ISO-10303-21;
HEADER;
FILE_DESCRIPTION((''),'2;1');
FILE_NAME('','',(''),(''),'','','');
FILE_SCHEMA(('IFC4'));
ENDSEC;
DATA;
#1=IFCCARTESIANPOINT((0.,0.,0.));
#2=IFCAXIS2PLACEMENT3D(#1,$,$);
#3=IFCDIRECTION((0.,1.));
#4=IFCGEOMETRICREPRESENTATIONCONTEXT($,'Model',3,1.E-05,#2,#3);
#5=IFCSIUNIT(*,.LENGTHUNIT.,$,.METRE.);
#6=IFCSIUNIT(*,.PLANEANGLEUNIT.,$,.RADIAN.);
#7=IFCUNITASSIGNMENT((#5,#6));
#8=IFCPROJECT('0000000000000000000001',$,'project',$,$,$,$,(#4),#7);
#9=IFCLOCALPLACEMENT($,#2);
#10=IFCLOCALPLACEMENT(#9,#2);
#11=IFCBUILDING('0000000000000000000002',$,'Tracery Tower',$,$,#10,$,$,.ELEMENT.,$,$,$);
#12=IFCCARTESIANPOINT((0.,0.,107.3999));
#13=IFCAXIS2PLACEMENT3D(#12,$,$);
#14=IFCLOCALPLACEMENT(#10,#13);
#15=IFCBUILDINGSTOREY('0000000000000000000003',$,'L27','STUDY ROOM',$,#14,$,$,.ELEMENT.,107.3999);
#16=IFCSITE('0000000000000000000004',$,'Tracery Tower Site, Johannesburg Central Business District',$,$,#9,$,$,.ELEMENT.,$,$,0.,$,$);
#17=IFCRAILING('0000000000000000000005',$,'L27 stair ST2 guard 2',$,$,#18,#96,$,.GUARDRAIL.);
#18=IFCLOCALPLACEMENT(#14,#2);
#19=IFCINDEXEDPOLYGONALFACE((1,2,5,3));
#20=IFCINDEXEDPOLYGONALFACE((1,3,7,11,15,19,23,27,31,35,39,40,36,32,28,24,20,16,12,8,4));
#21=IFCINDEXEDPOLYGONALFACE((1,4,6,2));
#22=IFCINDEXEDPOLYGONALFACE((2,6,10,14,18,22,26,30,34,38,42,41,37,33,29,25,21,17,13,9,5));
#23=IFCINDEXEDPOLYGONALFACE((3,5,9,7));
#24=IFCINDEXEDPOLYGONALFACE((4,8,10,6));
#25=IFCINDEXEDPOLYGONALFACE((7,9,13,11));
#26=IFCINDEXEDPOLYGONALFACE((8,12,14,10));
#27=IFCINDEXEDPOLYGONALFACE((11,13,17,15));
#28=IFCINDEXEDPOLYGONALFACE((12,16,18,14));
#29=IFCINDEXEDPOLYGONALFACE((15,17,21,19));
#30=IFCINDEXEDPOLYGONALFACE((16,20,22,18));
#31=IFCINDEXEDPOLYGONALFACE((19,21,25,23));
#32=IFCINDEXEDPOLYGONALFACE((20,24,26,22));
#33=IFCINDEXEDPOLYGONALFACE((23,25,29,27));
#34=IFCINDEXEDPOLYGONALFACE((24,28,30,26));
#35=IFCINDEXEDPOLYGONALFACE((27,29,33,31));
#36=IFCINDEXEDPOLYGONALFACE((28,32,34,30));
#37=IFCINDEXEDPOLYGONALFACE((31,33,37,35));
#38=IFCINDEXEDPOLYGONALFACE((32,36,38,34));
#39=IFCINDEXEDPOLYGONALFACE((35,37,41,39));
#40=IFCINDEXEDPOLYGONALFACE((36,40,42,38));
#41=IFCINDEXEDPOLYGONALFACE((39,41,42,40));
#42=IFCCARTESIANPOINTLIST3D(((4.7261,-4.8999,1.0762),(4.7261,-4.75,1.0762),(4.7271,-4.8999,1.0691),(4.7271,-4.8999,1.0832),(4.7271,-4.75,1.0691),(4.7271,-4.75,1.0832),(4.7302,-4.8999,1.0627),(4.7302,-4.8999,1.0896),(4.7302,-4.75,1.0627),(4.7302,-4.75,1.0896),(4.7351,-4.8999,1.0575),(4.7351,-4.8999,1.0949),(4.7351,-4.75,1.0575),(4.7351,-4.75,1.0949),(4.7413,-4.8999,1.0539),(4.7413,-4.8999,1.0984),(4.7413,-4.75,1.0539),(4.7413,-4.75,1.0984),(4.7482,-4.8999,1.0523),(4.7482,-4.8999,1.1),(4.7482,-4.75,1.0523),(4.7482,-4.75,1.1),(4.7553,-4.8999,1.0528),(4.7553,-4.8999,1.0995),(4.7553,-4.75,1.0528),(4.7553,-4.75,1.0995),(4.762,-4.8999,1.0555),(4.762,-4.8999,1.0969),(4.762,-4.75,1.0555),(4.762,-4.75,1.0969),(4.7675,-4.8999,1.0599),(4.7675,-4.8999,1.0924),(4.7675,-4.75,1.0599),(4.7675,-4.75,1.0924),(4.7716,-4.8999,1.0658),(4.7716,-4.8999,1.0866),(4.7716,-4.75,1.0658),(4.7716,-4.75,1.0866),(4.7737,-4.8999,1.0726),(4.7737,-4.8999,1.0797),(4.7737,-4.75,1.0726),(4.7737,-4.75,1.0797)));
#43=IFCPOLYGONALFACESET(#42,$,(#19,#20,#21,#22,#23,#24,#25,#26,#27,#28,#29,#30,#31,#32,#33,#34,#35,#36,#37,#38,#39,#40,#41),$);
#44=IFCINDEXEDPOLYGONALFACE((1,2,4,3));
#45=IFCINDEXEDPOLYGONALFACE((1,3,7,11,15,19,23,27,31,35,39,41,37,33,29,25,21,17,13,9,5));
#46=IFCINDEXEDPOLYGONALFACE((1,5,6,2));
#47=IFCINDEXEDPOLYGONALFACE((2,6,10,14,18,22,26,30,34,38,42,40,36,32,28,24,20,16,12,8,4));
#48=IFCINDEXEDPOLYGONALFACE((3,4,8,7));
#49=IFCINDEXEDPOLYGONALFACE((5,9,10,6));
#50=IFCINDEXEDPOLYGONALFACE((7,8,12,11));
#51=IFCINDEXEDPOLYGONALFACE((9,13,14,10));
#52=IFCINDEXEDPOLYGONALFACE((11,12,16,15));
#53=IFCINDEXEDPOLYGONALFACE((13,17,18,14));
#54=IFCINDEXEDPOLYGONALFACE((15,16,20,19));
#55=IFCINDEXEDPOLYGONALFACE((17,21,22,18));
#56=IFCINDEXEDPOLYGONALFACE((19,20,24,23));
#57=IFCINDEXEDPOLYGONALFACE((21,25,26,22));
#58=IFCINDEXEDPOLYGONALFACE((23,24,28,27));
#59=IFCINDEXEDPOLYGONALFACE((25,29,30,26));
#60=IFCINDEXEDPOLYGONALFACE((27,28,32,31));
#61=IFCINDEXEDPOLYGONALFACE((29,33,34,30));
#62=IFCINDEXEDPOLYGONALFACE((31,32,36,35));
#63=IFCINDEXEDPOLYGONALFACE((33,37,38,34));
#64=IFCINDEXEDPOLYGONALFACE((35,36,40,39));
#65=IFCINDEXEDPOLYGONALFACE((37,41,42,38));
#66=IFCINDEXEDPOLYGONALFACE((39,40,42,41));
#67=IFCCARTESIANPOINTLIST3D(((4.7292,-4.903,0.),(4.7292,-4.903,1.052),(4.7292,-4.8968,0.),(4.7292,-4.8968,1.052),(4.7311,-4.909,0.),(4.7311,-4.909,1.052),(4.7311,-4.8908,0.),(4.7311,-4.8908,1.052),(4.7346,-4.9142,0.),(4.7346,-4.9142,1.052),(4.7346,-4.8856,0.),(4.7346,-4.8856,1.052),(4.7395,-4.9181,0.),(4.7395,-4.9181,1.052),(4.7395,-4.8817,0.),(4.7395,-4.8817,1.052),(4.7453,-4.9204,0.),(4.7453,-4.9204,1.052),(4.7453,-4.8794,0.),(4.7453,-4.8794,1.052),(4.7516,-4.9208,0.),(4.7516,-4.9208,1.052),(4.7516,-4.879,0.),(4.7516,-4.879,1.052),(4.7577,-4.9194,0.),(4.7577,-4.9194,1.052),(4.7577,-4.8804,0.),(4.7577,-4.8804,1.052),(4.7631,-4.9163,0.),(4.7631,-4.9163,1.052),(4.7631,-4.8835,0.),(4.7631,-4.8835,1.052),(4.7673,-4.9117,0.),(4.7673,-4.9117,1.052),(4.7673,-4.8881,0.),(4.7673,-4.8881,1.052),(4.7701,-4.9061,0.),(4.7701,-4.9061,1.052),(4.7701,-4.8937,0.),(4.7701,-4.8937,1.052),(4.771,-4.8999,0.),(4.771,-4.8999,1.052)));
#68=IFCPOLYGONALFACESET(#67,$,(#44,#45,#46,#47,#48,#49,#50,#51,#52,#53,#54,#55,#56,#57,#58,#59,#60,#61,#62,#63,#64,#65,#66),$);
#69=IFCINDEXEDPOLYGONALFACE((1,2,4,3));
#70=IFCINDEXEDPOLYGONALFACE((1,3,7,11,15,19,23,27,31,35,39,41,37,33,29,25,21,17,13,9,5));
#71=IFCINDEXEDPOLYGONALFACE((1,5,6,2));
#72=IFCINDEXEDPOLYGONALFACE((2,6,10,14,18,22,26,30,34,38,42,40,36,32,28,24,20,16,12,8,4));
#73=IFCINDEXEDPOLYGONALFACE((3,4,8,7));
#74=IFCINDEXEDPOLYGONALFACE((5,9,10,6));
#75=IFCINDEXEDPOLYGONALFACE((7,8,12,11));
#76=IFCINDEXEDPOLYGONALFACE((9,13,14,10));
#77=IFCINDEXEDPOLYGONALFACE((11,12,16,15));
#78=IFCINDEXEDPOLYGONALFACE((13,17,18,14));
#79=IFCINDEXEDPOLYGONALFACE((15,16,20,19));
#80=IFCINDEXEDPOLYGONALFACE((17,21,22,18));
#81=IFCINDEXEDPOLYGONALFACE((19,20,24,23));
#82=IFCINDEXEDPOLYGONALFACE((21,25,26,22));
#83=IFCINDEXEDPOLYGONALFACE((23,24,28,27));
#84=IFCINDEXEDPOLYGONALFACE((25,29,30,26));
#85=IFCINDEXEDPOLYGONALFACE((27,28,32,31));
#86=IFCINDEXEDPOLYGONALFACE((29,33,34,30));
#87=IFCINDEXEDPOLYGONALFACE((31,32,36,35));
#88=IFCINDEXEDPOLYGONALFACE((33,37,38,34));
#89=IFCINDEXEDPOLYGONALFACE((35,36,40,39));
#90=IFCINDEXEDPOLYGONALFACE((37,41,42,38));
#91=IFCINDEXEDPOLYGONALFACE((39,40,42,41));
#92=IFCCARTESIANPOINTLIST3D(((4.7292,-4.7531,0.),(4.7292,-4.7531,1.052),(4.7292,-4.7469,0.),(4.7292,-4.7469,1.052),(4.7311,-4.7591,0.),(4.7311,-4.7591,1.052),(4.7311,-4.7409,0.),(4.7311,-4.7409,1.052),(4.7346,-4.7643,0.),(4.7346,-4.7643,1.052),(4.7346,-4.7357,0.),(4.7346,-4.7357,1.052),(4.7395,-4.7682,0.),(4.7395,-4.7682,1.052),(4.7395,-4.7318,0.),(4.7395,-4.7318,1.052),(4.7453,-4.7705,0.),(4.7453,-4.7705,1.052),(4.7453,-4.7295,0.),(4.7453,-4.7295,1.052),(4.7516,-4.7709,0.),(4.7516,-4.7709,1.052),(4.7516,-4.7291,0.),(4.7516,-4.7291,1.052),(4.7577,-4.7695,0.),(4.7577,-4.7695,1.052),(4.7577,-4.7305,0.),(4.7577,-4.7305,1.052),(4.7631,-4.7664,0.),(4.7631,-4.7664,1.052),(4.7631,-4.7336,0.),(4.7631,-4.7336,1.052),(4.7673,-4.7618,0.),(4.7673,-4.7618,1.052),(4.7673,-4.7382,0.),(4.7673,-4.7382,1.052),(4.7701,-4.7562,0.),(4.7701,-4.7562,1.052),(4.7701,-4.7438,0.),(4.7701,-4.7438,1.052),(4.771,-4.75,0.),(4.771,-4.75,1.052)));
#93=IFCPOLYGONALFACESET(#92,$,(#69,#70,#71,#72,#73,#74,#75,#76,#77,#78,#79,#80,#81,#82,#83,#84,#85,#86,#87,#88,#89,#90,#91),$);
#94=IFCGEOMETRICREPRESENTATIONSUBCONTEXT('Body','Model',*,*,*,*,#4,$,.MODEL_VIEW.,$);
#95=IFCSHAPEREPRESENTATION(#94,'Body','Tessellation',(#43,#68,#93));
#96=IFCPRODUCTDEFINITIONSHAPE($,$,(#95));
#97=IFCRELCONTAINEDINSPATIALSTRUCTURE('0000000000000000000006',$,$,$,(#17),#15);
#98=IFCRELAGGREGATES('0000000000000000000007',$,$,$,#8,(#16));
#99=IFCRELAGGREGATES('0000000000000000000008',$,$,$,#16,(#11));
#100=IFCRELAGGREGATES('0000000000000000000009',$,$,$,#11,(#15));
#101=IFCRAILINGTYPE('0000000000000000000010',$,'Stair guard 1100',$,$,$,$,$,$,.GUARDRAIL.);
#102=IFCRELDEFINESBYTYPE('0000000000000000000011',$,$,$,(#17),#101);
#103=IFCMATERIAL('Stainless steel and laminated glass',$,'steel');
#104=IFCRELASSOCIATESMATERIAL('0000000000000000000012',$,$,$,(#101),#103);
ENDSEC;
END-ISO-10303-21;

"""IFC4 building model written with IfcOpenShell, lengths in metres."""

from ifc_helpers import new_model, si_unit, direction, frame, origin, origin_2d, place, context, subcontext, project, spatial, circle, extrude, material, type_object, element, save


model = new_model("IFC4")

# Units and contexts
model_context = context("Model", 3, precision=1e-05, world=origin(), true_north=direction((0.0, 1.0)))
body_context = subcontext(model_context, "Body", "Model", "MODEL_VIEW")
ifc_project = project(units=[si_unit("LENGTHUNIT", "METRE"), si_unit("PLANEANGLEUNIT", "RADIAN")], contexts=[model_context])

# Site, building, storey
site_placement = place(None, origin())
site = spatial("IfcSite", under=ifc_project, at=site_placement, Name="Tracery Tower Site, Johannesburg Central Business District", CompositionType="ELEMENT", RefElevation=0.0)
building_placement = place(site_placement, origin())
building = spatial("IfcBuilding", under=site, at=building_placement, Name="Tracery Tower", CompositionType="ELEMENT")
storey_placement = place(building_placement, frame((0.0, 0.0, 107.3999)))
storey = spatial("IfcBuildingStorey", under=building, at=storey_placement, Name="L27", Description="STUDY ROOM", CompositionType="ELEMENT", Elevation=107.3999)

# Railing
ifc_material_1 = material(Name="Stainless steel and laminated glass", Category="steel")
railing_type_1 = type_object("IfcRailingType", Name="Stair guard 1100", PredefinedType="GUARDRAIL", material=ifc_material_1)
railing_1_placement = place(storey_placement, frame((4.75, -4.8999, 0.0)))
element("IfcRailing", 1, at=railing_1_placement, inside=storey, type_object=railing_type_1, Name="L27 stair ST2 guard 2", PredefinedType="GUARDRAIL", context=body_context, shape_type="SweptSolid", body=[
    extrude(circle(Radius=0.0239, at=origin_2d()), frame((0.0, 0.0, 1.0762), z_axis=(0.0, 1.0, 0.0), x_axis=(-1.0, 0.0, 0.0)), (0.0, 0.0, 1.0), 0.1499),
    extrude(circle(Radius=0.021, at=origin_2d()), origin(), (0.0, 0.0, 1.0), 1.052),
    extrude(circle(Radius=0.021, at=origin_2d()), frame((0.0, 0.1499, 0.0)), (0.0, 0.0, 1.0), 1.052),
])

save(model, "model.ifc")
